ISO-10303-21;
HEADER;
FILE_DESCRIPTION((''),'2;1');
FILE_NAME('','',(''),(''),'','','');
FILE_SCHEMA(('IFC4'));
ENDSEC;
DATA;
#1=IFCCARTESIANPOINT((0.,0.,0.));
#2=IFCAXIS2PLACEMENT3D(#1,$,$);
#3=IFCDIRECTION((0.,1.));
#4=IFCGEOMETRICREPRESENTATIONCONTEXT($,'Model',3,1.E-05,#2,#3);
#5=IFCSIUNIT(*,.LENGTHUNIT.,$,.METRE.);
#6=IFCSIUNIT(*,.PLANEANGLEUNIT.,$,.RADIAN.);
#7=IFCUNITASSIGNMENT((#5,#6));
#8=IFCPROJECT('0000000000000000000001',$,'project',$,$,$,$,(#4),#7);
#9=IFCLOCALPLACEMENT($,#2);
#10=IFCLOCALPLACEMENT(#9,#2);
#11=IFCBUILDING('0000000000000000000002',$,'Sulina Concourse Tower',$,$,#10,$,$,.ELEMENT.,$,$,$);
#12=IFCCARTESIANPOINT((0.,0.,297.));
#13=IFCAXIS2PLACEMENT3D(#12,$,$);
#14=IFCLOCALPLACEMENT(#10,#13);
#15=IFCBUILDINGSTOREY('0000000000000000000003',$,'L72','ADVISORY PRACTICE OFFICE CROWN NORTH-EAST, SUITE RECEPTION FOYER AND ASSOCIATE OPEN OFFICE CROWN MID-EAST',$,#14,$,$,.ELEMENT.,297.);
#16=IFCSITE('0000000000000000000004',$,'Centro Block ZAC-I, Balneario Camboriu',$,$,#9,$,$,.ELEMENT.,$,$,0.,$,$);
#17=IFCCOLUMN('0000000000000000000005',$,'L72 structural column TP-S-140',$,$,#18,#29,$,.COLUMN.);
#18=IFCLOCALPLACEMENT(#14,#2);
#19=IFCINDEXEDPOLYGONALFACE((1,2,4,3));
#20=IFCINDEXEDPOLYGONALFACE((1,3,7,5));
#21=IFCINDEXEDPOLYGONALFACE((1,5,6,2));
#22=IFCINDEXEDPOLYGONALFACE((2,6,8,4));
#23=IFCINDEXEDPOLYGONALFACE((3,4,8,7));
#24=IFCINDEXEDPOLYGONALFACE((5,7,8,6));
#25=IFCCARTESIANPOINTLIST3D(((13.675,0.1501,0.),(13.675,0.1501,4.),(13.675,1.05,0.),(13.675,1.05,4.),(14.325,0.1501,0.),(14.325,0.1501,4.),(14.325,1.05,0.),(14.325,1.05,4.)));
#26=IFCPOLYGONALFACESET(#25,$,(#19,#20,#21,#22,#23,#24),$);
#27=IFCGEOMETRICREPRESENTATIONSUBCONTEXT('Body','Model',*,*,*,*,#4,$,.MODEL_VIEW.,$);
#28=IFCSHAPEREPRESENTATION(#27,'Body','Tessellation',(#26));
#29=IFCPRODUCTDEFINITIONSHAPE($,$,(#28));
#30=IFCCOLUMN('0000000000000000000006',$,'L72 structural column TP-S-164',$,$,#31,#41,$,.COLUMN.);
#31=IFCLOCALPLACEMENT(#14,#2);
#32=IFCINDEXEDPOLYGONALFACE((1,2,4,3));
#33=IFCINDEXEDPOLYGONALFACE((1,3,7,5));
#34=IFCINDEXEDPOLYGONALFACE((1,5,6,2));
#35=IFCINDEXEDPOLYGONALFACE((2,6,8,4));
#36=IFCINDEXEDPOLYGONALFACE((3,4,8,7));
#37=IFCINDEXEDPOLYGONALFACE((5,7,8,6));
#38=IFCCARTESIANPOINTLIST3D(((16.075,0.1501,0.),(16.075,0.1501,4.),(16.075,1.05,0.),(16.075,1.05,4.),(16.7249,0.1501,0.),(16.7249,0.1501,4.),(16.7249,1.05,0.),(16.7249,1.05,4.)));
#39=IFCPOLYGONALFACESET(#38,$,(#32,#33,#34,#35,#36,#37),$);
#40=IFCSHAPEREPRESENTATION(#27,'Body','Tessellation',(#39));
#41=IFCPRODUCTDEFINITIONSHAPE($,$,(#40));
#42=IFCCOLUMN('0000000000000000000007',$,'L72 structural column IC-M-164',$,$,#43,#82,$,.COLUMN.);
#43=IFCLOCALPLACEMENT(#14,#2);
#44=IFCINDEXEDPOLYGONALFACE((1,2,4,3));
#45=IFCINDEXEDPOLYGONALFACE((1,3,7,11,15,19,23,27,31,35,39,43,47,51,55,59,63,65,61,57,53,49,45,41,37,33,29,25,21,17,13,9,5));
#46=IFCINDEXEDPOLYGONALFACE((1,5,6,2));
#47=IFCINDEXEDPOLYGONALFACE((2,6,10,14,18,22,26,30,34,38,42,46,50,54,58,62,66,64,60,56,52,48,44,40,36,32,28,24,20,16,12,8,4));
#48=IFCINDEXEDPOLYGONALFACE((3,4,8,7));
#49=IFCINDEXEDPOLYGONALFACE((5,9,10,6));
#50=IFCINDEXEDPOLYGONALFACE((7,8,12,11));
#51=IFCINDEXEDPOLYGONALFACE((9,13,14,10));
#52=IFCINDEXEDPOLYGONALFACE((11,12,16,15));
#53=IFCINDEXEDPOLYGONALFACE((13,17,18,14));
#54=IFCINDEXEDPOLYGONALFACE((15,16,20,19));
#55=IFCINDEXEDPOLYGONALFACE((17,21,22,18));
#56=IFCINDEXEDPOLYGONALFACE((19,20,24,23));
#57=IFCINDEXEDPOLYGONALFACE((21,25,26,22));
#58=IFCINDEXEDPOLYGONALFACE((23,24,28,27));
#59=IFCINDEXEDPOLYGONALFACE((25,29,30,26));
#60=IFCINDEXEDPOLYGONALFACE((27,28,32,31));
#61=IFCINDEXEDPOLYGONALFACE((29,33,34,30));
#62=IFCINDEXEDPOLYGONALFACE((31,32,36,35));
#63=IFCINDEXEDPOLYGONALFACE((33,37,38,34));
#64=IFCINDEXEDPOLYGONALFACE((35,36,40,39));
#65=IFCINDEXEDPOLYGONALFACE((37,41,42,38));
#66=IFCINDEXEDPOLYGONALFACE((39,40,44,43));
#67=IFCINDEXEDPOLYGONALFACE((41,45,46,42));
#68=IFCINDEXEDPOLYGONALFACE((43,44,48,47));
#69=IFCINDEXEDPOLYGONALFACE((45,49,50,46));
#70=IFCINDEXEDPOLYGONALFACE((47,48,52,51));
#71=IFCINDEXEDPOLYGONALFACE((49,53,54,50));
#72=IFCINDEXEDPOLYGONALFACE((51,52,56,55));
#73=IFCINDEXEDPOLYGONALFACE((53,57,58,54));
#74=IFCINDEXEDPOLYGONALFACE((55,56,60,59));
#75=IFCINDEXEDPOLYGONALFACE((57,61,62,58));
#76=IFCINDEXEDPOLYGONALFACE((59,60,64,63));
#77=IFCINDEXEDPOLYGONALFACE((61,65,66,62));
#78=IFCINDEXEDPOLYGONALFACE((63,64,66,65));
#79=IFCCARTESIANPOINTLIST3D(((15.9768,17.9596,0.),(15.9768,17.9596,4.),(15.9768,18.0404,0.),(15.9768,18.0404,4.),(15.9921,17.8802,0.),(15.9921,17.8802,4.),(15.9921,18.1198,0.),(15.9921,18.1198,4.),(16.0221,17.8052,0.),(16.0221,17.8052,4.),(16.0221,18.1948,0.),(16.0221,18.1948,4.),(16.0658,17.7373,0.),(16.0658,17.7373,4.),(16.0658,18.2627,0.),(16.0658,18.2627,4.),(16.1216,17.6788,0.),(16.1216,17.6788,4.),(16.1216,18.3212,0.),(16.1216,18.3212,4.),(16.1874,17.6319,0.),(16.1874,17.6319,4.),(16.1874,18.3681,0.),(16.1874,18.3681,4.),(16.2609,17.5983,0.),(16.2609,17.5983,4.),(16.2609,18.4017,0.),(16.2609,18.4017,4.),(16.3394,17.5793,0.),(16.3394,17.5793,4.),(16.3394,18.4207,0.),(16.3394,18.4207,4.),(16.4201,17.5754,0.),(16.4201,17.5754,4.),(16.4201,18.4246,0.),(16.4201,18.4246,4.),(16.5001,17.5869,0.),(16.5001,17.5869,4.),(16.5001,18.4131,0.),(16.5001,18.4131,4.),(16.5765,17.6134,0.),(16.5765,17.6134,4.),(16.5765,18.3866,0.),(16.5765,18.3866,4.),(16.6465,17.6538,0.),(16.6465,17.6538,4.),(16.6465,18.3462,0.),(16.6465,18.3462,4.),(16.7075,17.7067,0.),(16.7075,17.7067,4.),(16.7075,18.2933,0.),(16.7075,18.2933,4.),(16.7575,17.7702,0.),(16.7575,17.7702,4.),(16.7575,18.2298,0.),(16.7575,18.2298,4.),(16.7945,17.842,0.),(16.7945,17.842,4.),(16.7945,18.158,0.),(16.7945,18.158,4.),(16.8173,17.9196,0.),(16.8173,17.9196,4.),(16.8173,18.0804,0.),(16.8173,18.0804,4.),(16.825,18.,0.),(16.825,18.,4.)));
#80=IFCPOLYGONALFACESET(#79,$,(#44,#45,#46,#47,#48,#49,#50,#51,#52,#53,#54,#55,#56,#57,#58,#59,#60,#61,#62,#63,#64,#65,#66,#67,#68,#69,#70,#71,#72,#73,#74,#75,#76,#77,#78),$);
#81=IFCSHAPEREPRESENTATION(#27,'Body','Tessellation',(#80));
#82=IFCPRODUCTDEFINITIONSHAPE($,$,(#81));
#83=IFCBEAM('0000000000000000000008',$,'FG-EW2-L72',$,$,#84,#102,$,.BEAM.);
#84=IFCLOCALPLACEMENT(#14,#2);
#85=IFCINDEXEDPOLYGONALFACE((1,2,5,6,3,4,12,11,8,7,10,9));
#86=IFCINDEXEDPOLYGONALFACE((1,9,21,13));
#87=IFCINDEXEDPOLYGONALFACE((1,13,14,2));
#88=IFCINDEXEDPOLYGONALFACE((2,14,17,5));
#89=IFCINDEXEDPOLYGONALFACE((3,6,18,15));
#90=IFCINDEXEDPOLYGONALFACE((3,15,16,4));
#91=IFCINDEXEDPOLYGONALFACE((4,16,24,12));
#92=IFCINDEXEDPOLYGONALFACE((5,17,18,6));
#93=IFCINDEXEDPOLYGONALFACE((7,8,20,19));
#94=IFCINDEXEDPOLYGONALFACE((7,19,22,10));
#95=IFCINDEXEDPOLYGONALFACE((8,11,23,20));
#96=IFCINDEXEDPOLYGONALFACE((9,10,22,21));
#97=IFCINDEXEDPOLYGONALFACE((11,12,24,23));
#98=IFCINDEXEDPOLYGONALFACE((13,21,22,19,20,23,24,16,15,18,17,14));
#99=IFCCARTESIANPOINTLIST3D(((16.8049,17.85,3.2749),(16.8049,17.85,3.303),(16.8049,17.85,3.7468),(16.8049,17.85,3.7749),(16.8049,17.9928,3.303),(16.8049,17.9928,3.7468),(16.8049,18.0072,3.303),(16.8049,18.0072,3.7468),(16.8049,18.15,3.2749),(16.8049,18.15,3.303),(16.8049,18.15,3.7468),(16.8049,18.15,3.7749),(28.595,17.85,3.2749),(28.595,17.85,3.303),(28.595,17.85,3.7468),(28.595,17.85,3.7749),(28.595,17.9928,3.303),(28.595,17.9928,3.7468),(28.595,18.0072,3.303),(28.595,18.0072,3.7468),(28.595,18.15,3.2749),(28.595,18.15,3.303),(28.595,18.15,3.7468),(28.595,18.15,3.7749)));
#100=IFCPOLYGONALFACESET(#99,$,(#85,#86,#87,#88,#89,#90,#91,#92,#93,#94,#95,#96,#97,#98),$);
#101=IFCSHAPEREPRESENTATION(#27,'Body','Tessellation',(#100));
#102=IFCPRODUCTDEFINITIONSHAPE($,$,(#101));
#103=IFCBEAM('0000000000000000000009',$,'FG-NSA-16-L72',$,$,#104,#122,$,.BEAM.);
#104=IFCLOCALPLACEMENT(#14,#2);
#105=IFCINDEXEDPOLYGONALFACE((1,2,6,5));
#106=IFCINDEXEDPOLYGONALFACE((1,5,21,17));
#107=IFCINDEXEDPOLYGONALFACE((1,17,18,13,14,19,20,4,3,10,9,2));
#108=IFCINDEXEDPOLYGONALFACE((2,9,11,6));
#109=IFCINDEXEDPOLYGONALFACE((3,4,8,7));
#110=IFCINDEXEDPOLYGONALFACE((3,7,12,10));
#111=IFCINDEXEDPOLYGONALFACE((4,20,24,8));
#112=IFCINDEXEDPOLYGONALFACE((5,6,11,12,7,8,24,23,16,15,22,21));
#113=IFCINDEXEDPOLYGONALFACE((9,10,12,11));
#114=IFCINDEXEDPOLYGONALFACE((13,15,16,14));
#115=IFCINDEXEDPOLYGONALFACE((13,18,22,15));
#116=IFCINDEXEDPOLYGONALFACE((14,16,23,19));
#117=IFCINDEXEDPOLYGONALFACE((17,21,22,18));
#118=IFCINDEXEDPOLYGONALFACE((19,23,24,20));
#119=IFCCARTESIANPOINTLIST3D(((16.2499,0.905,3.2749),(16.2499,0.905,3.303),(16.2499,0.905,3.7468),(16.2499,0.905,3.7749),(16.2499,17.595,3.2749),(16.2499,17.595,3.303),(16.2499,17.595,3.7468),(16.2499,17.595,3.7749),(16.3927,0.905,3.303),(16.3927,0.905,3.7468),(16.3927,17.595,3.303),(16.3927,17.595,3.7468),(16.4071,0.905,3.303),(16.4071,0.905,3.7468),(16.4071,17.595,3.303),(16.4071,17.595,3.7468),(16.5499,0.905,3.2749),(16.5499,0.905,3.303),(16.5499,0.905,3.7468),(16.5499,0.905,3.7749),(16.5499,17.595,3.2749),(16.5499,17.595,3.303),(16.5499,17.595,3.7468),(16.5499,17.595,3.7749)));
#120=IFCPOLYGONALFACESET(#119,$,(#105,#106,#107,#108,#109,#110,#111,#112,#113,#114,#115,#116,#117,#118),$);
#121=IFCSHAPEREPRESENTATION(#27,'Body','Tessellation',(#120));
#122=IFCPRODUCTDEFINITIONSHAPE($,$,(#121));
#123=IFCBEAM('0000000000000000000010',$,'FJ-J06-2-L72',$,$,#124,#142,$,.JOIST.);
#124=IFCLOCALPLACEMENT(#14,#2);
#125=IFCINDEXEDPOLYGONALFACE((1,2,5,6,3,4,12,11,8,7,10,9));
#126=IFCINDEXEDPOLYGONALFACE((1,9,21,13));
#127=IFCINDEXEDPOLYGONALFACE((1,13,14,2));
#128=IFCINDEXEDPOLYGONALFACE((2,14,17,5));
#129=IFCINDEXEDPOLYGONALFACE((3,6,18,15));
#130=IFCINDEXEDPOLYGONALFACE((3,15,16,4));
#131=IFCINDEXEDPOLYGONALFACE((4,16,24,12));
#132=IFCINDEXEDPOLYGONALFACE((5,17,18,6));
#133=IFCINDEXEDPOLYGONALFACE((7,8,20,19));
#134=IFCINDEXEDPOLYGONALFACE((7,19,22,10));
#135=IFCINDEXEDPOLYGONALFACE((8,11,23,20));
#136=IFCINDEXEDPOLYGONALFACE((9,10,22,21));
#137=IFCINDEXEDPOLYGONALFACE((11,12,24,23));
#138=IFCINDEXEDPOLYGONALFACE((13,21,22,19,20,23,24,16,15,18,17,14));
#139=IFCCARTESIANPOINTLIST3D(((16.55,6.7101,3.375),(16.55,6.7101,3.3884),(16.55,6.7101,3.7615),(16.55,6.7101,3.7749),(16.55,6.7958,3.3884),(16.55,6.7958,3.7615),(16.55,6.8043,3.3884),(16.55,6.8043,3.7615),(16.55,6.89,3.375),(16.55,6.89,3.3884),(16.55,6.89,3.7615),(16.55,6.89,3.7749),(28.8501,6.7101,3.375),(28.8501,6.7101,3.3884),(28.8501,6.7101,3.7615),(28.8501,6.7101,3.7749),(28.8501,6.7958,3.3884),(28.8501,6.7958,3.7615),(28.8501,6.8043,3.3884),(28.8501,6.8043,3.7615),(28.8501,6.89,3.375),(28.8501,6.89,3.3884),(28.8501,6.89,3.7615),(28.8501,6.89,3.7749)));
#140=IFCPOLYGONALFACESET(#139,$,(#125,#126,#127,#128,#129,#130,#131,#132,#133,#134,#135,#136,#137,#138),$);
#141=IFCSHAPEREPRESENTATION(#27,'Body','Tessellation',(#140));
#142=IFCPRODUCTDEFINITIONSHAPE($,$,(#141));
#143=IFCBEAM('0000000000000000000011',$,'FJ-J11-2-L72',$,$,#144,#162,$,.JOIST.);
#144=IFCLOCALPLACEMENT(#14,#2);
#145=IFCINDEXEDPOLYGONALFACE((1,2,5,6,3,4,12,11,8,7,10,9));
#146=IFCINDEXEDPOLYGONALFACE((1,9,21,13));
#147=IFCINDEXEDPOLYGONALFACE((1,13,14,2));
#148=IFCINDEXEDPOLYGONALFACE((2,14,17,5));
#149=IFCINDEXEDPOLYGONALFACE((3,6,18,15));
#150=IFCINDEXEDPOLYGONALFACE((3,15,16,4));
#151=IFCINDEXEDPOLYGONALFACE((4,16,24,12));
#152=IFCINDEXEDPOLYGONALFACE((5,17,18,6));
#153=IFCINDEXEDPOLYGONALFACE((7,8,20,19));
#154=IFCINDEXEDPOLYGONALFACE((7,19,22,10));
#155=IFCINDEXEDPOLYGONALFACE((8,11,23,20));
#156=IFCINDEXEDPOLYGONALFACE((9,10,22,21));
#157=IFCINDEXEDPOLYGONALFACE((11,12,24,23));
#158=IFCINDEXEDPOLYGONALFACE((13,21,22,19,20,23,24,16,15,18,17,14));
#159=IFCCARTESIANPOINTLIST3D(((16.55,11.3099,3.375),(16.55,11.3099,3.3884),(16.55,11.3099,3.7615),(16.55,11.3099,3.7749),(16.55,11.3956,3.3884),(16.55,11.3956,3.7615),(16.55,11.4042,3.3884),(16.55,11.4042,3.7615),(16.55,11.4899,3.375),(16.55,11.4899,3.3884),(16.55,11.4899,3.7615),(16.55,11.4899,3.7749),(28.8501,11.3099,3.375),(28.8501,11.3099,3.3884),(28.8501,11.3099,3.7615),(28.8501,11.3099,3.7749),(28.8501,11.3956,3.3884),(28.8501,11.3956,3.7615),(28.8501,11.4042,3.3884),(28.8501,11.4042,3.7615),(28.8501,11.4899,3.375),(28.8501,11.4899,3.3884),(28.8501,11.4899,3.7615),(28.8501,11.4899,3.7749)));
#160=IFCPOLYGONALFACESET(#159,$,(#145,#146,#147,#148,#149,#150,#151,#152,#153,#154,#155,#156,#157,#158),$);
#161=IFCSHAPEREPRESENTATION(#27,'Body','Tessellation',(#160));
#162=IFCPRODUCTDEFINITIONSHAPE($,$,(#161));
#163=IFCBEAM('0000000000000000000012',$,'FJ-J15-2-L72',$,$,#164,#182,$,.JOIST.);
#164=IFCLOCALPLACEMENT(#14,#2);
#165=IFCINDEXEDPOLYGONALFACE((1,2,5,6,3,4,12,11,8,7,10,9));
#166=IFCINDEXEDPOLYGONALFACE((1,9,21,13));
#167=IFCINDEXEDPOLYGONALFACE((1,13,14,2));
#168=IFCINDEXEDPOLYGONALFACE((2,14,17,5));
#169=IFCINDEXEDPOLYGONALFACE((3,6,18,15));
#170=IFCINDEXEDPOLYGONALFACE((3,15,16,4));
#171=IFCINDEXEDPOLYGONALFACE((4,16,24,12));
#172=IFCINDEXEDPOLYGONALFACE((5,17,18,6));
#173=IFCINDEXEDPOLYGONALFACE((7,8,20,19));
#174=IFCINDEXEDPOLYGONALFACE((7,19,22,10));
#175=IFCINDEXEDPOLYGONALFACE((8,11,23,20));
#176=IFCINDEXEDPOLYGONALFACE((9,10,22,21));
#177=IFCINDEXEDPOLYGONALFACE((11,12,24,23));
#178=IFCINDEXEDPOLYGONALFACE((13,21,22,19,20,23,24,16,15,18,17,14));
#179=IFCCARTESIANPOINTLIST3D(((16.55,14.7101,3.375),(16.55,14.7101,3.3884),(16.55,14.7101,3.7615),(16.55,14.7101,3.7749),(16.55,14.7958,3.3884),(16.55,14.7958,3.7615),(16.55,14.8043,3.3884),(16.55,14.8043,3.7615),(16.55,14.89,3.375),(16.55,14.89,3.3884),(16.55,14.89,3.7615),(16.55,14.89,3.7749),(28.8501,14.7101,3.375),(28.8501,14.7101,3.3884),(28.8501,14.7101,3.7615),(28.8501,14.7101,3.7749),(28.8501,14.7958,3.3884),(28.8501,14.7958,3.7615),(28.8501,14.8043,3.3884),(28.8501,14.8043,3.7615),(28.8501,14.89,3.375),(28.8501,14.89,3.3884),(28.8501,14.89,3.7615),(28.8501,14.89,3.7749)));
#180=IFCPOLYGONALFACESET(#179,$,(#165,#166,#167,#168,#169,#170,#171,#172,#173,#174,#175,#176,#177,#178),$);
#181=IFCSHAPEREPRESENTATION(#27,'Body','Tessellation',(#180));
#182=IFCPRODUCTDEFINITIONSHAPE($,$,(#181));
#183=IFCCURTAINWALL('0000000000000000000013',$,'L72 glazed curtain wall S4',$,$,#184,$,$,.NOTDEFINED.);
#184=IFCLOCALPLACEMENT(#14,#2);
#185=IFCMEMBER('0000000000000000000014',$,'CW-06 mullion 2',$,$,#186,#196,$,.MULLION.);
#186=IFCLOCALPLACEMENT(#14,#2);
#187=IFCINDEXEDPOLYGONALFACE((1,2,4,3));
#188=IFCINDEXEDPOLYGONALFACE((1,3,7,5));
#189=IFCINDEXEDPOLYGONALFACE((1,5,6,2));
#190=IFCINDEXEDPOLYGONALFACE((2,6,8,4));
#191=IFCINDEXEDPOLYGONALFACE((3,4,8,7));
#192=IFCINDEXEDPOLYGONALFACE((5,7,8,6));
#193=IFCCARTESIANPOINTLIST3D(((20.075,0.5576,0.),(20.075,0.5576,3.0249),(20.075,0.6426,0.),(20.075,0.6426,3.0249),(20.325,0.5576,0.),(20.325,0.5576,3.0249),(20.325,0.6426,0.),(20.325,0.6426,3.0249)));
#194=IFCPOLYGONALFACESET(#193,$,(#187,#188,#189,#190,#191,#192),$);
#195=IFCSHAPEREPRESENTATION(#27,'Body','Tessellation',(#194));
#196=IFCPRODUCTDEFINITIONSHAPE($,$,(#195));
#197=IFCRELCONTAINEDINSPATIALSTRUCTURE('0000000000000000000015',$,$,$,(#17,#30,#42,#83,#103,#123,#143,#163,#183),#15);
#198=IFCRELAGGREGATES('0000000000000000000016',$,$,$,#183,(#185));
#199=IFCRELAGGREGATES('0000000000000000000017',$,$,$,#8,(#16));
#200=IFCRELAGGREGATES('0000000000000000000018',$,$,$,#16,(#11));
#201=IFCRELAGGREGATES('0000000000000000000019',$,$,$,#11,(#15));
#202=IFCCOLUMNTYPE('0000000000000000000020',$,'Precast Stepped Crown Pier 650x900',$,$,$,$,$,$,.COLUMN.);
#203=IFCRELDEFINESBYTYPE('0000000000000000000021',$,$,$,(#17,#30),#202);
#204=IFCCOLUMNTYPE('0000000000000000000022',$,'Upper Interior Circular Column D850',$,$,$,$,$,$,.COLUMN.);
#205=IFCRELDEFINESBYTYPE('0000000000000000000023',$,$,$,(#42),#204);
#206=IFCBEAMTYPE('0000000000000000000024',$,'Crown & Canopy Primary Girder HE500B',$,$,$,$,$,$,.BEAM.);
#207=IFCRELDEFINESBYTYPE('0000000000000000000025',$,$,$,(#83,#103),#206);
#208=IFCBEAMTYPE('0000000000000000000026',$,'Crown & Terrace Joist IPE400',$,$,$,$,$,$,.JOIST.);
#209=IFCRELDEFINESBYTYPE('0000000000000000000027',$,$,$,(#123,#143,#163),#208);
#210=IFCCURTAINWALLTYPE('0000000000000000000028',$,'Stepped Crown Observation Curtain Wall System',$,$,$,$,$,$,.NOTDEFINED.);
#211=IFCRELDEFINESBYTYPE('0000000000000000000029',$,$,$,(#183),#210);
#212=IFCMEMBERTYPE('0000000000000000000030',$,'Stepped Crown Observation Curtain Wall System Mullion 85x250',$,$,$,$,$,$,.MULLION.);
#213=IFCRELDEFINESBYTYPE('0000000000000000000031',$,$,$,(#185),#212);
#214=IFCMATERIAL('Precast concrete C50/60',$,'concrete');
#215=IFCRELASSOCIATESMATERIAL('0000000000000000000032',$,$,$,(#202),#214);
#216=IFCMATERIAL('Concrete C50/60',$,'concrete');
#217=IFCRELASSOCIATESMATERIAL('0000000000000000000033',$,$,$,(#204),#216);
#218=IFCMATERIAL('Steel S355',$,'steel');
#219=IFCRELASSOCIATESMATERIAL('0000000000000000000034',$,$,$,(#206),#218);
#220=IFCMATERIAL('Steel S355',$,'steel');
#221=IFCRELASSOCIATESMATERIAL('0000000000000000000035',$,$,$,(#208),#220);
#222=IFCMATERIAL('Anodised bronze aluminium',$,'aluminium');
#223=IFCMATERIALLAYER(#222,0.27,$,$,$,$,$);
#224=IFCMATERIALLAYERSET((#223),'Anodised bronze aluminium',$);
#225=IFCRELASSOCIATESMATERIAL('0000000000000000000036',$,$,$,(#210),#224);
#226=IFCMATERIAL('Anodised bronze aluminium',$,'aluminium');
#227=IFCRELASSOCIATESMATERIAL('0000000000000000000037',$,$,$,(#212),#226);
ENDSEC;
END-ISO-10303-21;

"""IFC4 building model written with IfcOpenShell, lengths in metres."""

from ifc_helpers import new_model, si_unit, direction, frame, origin, origin_2d, place, context, subcontext, project, spatial, rectangle, circle, i_section, extrude, material, layer, layer_set, material_profile, profile_set, type_object, element, aggregate, save


model = new_model("IFC4")

# Units and contexts
model_context = context("Model", 3, precision=1e-05, world=origin(), true_north=direction((0.0, 1.0)))
body_context = subcontext(model_context, "Body", "Model", "MODEL_VIEW")
ifc_project = project(units=[si_unit("LENGTHUNIT", "METRE"), si_unit("PLANEANGLEUNIT", "RADIAN")], contexts=[model_context])

# Site, building, storey
site_placement = place(None, origin())
site = spatial("IfcSite", under=ifc_project, at=site_placement, Name="Centro Block ZAC-I, Balneario Camboriu", CompositionType="ELEMENT", RefElevation=0.0)
building_placement = place(site_placement, origin())
building = spatial("IfcBuilding", under=site, at=building_placement, Name="Sulina Concourse Tower", CompositionType="ELEMENT")
storey_placement = place(building_placement, frame((0.0, 0.0, 297.0)))
storey = spatial("IfcBuildingStorey", under=building, at=storey_placement, Name="L72", Description="ADVISORY PRACTICE OFFICE CROWN NORTH-EAST, SUITE RECEPTION FOYER AND ASSOCIATE OPEN OFFICE CROWN MID-EAST", CompositionType="ELEMENT", Elevation=297.0)

# Columns
ifc_material_1 = material(Name="Precast concrete C50/60", Category="concrete")
ifc_material_profile_1 = material_profile(ifc_material_1, rectangle(XDim=0.6499, YDim=0.8999, at=origin_2d()), Name="PC 650x900")
ifc_profile_set_1 = profile_set([ifc_material_profile_1], Name="Precast concrete C50/60")
column_type_1 = type_object("IfcColumnType", Name="Precast Stepped Crown Pier 650x900", PredefinedType="COLUMN", material=ifc_profile_set_1)
for number, where, z_axis, x_axis, name in (
    (1, (14.0, 0.6001, 0.0), (0.0, 0.0, 1.0), (1.0, 0.0, 0.0), "L72 structural column TP-S-140"),
    (2, (16.3999, 0.6001, 0.0), (0.0, 0.0, 1.0), (1.0, 0.0, 0.0), "L72 structural column TP-S-164"),
):
    element("IfcColumn", number, at=place(storey_placement, frame(where, z_axis=z_axis, x_axis=x_axis)), inside=storey, type_object=column_type_1, Name=name, PredefinedType="COLUMN", context=body_context, shape_type="SweptSolid", body=[
        extrude(rectangle(XDim=0.6499, YDim=0.8999, at=origin_2d()), origin(), (0.0, 0.0, 1.0), 4.0),
    ])
ifc_material_2 = material(Name="Concrete C50/60", Category="concrete")
ifc_material_profile_2 = material_profile(ifc_material_2, circle(Radius=0.425, at=origin_2d()), Name="RC D850")
ifc_profile_set_2 = profile_set([ifc_material_profile_2], Name="Concrete C50/60")
column_type_2 = type_object("IfcColumnType", Name="Upper Interior Circular Column D850", PredefinedType="COLUMN", material=ifc_profile_set_2)
column_placement = place(storey_placement, frame((16.3999, 18.0, 0.0), z_axis=(0.0, 0.0, 1.0), x_axis=(1.0, 0.0, 0.0)))
element("IfcColumn", 3, at=column_placement, inside=storey, type_object=column_type_2, Name="L72 structural column IC-M-164", PredefinedType="COLUMN", context=body_context, shape_type="SweptSolid", body=[
    extrude(circle(Radius=0.425, at=origin_2d()), origin(), (0.0, 0.0, 1.0), 4.0),
])

# Beams
ifc_material_3 = material(Name="Steel S355", Category="steel")
ifc_material_profile_3 = material_profile(ifc_material_3, i_section(OverallWidth=0.3, OverallDepth=0.5, WebThickness=0.0144, FlangeThickness=0.0281, at=origin_2d()), Name="HE 500 B")
ifc_profile_set_3 = profile_set([ifc_material_profile_3], Name="Steel S355")
beam_type_1 = type_object("IfcBeamType", Name="Crown & Canopy Primary Girder HE500B", PredefinedType="BEAM", material=ifc_profile_set_3)
beam_1_placement = place(storey_placement, frame((16.8049, 18.0, 3.5249), z_axis=(1.0, 0.0, 0.0), x_axis=(0.0, 1.0, 0.0)))
element("IfcBeam", 4, at=beam_1_placement, inside=storey, type_object=beam_type_1, Name="FG-EW2-L72", PredefinedType="BEAM", context=body_context, shape_type="SweptSolid", body=[
    extrude(i_section(OverallWidth=0.3, OverallDepth=0.5, WebThickness=0.0144, FlangeThickness=0.0281, at=origin_2d()), origin(), (0.0, 0.0, 1.0), 11.79),
])
beam_2_placement = place(storey_placement, frame((16.3999, 0.905, 3.5249), z_axis=(0.0, 1.0, 0.0), x_axis=(-1.0, 0.0, 0.0)))
element("IfcBeam", 5, at=beam_2_placement, inside=storey, type_object=beam_type_1, Name="FG-NSA-16-L72", PredefinedType="BEAM", context=body_context, shape_type="SweptSolid", body=[
    extrude(i_section(OverallWidth=0.3, OverallDepth=0.5, WebThickness=0.0144, FlangeThickness=0.0281, at=origin_2d()), origin(), (0.0, 0.0, 1.0), 16.6899),
])
ifc_material_4 = material(Name="Steel S355", Category="steel")
ifc_material_profile_4 = material_profile(ifc_material_4, i_section(OverallWidth=0.1799, OverallDepth=0.3999, WebThickness=0.0085, FlangeThickness=0.0134, at=origin_2d()), Name="IPE 400")
ifc_profile_set_4 = profile_set([ifc_material_profile_4], Name="Steel S355")
beam_type_2 = type_object("IfcBeamType", Name="Crown & Terrace Joist IPE400", PredefinedType="JOIST", material=ifc_profile_set_4)
for number, where, z_axis, x_axis, name in (
    (6, (16.55, 6.8, 3.575), (1.0, 0.0, 0.0), (0.0, 1.0, 0.0), "FJ-J06-2-L72"),
    (7, (16.55, 11.3999, 3.575), (1.0, 0.0, 0.0), (0.0, 1.0, 0.0), "FJ-J11-2-L72"),
    (8, (16.55, 14.8, 3.575), (1.0, 0.0, 0.0), (0.0, 1.0, 0.0), "FJ-J15-2-L72"),
):
    element("IfcBeam", number, at=place(storey_placement, frame(where, z_axis=z_axis, x_axis=x_axis)), inside=storey, type_object=beam_type_2, Name=name, PredefinedType="JOIST", context=body_context, shape_type="SweptSolid", body=[
        extrude(i_section(OverallWidth=0.1799, OverallDepth=0.3999, WebThickness=0.0085, FlangeThickness=0.0134, at=origin_2d()), origin(), (0.0, 0.0, 1.0), 12.3),
    ])

# Curtain wall, member
ifc_material_5 = material(Name="Anodised bronze aluminium", Category="aluminium")
ifc_layer_1 = layer(ifc_material_5, 0.27)
ifc_layer_set_1 = layer_set([ifc_layer_1], Name="Anodised bronze aluminium")
curtain_wall_type = type_object("IfcCurtainWallType", Name="Stepped Crown Observation Curtain Wall System", PredefinedType="NOTDEFINED", material=ifc_layer_set_1)
curtain_wall_placement = place(storey_placement, origin())
curtain_wall = element("IfcCurtainWall", 9, at=curtain_wall_placement, inside=storey, type_object=curtain_wall_type, Name="L72 glazed curtain wall S4", PredefinedType="NOTDEFINED")
ifc_material_6 = material(Name="Anodised bronze aluminium", Category="aluminium")
ifc_material_profile_5 = material_profile(ifc_material_6, rectangle(XDim=0.085, YDim=0.25, at=origin_2d()), Name="MUL 85x250")
ifc_profile_set_5 = profile_set([ifc_material_profile_5], Name="Anodised bronze aluminium")
member_type_1 = type_object("IfcMemberType", Name="Stepped Crown Observation Curtain Wall System Mullion 85x250", PredefinedType="MULLION", material=ifc_profile_set_5)
member_1_placement = place(storey_placement, frame((20.2, 0.6001, 0.0), z_axis=(0.0, 0.0, 1.0), x_axis=(0.0, -1.0, 0.0)))
member_1 = element("IfcMember", 10, at=member_1_placement, type_object=member_type_1, Name="CW-06 mullion 2", PredefinedType="MULLION", context=body_context, shape_type="SweptSolid", body=[
    extrude(rectangle(XDim=0.085, YDim=0.25, at=origin_2d()), origin(), (0.0, 0.0, 1.0), 3.0249),
])

aggregate(curtain_wall, [member_1])

save(model, "model.ifc")
